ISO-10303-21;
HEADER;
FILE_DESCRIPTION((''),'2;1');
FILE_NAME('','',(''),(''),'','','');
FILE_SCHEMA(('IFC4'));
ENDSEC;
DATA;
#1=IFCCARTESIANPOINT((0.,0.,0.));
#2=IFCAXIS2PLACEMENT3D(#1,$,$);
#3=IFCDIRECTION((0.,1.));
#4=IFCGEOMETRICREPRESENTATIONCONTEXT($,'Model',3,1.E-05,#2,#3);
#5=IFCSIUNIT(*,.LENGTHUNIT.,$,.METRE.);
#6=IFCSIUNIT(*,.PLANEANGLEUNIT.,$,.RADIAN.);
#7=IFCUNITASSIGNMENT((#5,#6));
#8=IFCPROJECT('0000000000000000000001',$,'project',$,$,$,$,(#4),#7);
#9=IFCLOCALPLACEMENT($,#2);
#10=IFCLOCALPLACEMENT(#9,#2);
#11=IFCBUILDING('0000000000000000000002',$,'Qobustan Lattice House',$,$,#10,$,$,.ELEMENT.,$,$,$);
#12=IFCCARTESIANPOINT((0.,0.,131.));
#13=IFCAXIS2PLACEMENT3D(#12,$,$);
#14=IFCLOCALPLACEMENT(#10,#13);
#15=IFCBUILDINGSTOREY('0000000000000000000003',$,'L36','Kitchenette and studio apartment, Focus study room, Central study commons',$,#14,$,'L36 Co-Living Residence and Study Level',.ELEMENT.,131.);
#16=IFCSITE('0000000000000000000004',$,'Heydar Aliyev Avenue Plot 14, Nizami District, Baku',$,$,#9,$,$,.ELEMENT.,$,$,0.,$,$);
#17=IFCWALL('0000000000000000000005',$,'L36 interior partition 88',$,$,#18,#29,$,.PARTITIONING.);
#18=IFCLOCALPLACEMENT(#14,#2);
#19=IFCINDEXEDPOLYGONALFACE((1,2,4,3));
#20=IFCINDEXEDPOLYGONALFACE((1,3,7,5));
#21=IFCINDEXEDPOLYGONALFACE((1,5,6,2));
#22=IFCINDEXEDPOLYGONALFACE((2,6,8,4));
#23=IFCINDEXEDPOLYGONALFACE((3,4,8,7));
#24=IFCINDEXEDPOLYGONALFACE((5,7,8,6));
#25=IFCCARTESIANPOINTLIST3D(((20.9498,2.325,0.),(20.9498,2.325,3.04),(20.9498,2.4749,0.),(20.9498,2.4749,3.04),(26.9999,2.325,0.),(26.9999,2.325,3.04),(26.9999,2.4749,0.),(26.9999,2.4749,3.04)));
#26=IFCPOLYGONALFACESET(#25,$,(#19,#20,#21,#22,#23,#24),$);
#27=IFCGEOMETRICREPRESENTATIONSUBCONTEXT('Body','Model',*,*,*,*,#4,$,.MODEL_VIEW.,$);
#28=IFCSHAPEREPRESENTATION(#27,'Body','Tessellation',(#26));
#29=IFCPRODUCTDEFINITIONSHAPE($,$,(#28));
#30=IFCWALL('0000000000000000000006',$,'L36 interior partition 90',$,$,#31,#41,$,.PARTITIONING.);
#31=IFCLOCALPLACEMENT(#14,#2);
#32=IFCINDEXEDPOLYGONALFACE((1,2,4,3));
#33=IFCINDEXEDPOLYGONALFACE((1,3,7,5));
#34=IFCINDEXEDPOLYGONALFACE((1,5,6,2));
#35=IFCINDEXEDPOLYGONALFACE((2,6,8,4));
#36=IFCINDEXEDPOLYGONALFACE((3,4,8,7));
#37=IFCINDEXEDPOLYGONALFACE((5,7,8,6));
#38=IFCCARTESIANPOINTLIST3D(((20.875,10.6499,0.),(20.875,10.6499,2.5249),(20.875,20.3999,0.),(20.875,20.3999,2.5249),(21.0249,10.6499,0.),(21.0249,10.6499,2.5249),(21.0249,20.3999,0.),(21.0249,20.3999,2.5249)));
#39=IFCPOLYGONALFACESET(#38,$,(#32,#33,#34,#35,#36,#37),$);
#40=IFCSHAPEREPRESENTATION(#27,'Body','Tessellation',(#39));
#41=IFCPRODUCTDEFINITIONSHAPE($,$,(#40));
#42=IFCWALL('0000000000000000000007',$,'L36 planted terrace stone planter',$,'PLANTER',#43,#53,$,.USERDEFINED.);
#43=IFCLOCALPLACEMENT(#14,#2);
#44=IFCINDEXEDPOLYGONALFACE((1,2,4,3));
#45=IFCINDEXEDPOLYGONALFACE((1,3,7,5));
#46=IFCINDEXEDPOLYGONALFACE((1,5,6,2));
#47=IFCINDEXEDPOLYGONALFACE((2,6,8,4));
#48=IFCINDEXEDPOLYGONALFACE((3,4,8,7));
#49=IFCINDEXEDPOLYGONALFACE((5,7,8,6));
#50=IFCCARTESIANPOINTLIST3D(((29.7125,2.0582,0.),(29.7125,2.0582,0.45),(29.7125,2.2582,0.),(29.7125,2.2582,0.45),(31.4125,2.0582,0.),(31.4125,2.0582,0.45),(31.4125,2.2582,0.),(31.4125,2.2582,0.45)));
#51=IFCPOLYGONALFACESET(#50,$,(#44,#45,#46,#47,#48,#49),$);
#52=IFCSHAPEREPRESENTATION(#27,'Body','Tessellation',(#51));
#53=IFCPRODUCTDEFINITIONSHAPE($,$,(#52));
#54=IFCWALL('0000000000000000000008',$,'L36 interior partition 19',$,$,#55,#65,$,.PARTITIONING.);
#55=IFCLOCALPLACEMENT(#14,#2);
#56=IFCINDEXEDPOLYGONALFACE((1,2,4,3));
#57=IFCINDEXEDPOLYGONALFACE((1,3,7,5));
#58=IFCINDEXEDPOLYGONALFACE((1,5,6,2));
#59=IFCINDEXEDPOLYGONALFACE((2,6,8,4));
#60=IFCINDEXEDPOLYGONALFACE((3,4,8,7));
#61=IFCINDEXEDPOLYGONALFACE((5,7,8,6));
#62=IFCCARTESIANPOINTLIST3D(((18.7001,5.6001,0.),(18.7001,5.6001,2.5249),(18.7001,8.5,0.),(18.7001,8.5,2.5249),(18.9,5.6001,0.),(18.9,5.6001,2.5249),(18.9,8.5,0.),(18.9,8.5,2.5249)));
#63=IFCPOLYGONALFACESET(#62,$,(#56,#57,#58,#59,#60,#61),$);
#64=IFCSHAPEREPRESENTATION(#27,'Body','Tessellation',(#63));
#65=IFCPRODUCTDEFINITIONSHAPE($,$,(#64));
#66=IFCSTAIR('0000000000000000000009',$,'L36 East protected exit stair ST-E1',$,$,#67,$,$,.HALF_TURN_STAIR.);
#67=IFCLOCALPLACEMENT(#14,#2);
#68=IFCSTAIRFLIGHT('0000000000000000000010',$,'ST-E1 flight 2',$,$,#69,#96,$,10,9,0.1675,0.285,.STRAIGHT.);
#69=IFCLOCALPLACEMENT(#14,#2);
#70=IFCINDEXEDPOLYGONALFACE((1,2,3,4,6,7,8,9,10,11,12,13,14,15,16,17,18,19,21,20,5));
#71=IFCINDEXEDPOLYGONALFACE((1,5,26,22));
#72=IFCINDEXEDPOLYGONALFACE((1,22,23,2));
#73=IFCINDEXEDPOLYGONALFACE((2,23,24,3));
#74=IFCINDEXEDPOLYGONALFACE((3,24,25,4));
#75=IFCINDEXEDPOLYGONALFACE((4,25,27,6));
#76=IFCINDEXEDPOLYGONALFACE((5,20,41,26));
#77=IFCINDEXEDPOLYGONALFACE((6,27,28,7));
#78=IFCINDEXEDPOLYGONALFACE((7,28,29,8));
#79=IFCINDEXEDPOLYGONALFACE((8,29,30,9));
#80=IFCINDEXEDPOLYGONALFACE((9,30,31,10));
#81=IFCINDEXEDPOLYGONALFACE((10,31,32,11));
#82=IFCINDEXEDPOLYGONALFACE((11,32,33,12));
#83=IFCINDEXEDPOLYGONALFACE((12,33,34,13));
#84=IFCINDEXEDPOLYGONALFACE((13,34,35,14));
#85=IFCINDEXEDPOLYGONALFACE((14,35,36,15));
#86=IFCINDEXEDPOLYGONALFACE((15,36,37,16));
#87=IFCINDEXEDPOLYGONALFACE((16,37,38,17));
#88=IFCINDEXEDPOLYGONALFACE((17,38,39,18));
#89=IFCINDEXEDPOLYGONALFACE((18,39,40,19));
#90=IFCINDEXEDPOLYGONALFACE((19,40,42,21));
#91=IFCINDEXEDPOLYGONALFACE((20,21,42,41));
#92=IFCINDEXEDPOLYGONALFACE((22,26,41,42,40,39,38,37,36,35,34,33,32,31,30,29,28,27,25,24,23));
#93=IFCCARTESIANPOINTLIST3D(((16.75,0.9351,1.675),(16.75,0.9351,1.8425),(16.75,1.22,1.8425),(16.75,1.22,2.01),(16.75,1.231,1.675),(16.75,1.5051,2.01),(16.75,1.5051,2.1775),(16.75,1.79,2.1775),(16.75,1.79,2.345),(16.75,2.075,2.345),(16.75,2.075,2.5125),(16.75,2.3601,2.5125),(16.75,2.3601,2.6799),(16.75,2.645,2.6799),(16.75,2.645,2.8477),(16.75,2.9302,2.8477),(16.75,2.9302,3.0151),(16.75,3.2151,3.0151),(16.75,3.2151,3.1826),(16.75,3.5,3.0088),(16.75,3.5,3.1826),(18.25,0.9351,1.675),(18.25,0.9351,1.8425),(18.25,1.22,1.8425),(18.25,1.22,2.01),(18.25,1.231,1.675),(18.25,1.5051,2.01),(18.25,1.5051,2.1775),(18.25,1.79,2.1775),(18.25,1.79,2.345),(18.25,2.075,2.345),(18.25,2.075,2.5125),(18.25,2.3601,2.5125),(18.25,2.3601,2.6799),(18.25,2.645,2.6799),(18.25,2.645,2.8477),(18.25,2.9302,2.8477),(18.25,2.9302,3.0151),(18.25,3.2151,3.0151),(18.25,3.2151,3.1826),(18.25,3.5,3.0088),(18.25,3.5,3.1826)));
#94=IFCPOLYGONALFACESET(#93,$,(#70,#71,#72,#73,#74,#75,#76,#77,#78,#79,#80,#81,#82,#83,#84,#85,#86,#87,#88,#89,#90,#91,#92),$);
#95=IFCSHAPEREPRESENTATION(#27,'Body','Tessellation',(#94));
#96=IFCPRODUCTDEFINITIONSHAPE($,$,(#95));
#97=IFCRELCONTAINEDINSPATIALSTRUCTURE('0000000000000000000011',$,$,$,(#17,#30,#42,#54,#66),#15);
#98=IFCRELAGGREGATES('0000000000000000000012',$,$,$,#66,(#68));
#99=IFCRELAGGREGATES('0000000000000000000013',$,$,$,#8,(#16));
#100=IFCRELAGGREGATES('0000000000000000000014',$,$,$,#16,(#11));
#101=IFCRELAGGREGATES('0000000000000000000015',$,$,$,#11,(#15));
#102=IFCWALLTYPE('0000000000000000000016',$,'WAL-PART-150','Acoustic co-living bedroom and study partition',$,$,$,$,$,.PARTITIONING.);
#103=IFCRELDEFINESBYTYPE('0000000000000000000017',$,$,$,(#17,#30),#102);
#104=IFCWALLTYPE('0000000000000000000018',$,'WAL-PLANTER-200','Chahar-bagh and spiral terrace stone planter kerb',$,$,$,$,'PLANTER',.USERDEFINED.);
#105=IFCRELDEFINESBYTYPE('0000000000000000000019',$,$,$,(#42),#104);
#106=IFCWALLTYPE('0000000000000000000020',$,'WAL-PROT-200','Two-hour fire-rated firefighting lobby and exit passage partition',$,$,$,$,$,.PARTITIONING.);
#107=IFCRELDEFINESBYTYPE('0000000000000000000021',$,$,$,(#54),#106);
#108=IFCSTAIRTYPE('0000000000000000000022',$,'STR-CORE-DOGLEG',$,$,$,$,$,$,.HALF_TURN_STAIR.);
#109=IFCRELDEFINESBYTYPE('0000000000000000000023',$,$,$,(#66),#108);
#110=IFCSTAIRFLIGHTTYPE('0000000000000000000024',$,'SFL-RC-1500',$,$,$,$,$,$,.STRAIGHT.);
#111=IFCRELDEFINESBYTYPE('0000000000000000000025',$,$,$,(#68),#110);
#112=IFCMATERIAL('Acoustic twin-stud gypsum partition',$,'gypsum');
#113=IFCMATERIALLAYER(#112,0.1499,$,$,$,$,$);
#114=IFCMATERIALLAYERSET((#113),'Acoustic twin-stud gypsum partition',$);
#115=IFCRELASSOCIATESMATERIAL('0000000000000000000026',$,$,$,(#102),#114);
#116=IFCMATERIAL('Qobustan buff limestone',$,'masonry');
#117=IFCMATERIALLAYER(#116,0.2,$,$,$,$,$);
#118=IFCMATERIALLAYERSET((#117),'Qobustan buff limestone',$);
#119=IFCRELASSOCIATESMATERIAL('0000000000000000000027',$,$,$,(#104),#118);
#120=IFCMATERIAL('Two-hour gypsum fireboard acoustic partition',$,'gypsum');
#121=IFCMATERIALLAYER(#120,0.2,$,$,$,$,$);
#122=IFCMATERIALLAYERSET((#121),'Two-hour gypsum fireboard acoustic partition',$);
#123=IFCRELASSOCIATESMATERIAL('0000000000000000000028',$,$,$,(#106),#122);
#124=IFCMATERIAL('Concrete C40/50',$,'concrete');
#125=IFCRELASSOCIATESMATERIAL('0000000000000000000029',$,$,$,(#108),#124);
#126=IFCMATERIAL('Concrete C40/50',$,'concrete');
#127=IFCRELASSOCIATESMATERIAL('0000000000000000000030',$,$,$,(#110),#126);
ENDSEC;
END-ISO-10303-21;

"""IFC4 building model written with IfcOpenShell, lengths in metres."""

from ifc_helpers import new_model, si_unit, direction, frame, frame_2d, origin, place, context, subcontext, project, spatial, polyline, rectangle, outline, extrude, material, layer, layer_set, type_object, element, aggregate, save


model = new_model("IFC4")

# Units and contexts
model_context = context("Model", 3, precision=1e-05, world=origin(), true_north=direction((0.0, 1.0)))
body_context = subcontext(model_context, "Body", "Model", "MODEL_VIEW")
ifc_project = project(units=[si_unit("LENGTHUNIT", "METRE"), si_unit("PLANEANGLEUNIT", "RADIAN")], contexts=[model_context])

# Site, building, storey
site_placement = place(None, origin())
site = spatial("IfcSite", under=ifc_project, at=site_placement, Name="Heydar Aliyev Avenue Plot 14, Nizami District, Baku", CompositionType="ELEMENT", RefElevation=0.0)
building_placement = place(site_placement, origin())
building = spatial("IfcBuilding", under=site, at=building_placement, Name="Qobustan Lattice House", CompositionType="ELEMENT")
storey_placement = place(building_placement, frame((0.0, 0.0, 131.0)))
storey = spatial("IfcBuildingStorey", under=building, at=storey_placement, Name="L36", Description="Kitchenette and studio apartment, Focus study room, Central study commons", LongName="L36 Co-Living Residence and Study Level", CompositionType="ELEMENT", Elevation=131.0)

# Shared definitions
ifc_material_1 = material(Name="Acoustic twin-stud gypsum partition", Category="gypsum")
ifc_layer_1 = layer(ifc_material_1, 0.1499)
ifc_layer_set_1 = layer_set([ifc_layer_1], Name="Acoustic twin-stud gypsum partition")
wall_type_1 = type_object("IfcWallType", Name="WAL-PART-150", Description="Acoustic co-living bedroom and study partition", PredefinedType="PARTITIONING", material=ifc_layer_set_1)

# Walls
wall_1_placement = place(storey_placement, frame((20.95, 2.3999, 0.0), z_axis=(0.0, 0.0, 1.0), x_axis=(1.0, 0.0, 0.0)))
element("IfcWall", 1, at=wall_1_placement, inside=storey, type_object=wall_type_1, Name="L36 interior partition 88", PredefinedType="PARTITIONING", context=body_context, shape_type="SweptSolid", body=[
    extrude(rectangle(XDim=6.05, YDim=0.1499, at=frame_2d((3.0249, 0.0))), origin(), (0.0, 0.0, 1.0), 3.04),
])
wall_2_placement = place(storey_placement, frame((20.95, 10.6499, 0.0), z_axis=(0.0, 0.0, 1.0), x_axis=(0.0, 1.0, 0.0)))
element("IfcWall", 2, at=wall_2_placement, inside=storey, type_object=wall_type_1, Name="L36 interior partition 90", PredefinedType="PARTITIONING", context=body_context, shape_type="SweptSolid", body=[
    extrude(rectangle(XDim=9.75, YDim=0.1499, at=frame_2d((4.875, 0.0))), origin(), (0.0, 0.0, 1.0), 2.5249),
])
ifc_material_2 = material(Name="Qobustan buff limestone", Category="masonry")
ifc_layer_2 = layer(ifc_material_2, 0.2)
ifc_layer_set_2 = layer_set([ifc_layer_2], Name="Qobustan buff limestone")
wall_type_2 = type_object("IfcWallType", Name="WAL-PLANTER-200", Description="Chahar-bagh and spiral terrace stone planter kerb", ElementType="PLANTER", PredefinedType="USERDEFINED", material=ifc_layer_set_2)
wall_3_placement = place(storey_placement, frame((29.7124, 2.1582, 0.0), z_axis=(0.0, 0.0, 1.0), x_axis=(1.0, 0.0, 0.0)))
element("IfcWall", 3, at=wall_3_placement, inside=storey, type_object=wall_type_2, Name="L36 planted terrace stone planter", ObjectType="PLANTER", PredefinedType="USERDEFINED", context=body_context, shape_type="SweptSolid", body=[
    extrude(rectangle(XDim=1.7, YDim=0.2, at=frame_2d((0.8501, 0.0))), origin(), (0.0, 0.0, 1.0), 0.45),
])

# Shared definitions
ifc_material_3 = material(Name="Two-hour gypsum fireboard acoustic partition", Category="gypsum")
ifc_layer_3 = layer(ifc_material_3, 0.2)
ifc_layer_set_3 = layer_set([ifc_layer_3], Name="Two-hour gypsum fireboard acoustic partition")
wall_type_3 = type_object("IfcWallType", Name="WAL-PROT-200", Description="Two-hour fire-rated firefighting lobby and exit passage partition", PredefinedType="PARTITIONING", material=ifc_layer_set_3)

# Wall
wall_4_placement = place(storey_placement, frame((18.8, 5.6001, 0.0), z_axis=(0.0, 0.0, 1.0), x_axis=(0.0, 1.0, 0.0)))
element("IfcWall", 4, at=wall_4_placement, inside=storey, type_object=wall_type_3, Name="L36 interior partition 19", PredefinedType="PARTITIONING", context=body_context, shape_type="SweptSolid", body=[
    extrude(rectangle(XDim=2.8999, YDim=0.2, at=frame_2d((1.45, 0.0))), origin(), (0.0, 0.0, 1.0), 2.5249),
])

# Stair, stair flight
ifc_material_4 = material(Name="Concrete C40/50", Category="concrete")
stair_type = type_object("IfcStairType", Name="STR-CORE-DOGLEG", PredefinedType="HALF_TURN_STAIR", material=ifc_material_4)
stair_placement = place(storey_placement, origin())
stair = element("IfcStair", 5, at=stair_placement, inside=storey, type_object=stair_type, Name="L36 East protected exit stair ST-E1", PredefinedType="HALF_TURN_STAIR")
ifc_material_5 = material(Name="Concrete C40/50", Category="concrete")
stair_flight_type = type_object("IfcStairFlightType", Name="SFL-RC-1500", PredefinedType="STRAIGHT", material=ifc_material_5)
stair_flight_placement = place(storey_placement, frame((17.5, 0.9351, 1.675), z_axis=(0.0, 0.0, 1.0), x_axis=(0.0, 1.0, 0.0)))
stair_flight = element("IfcStairFlight", 6, at=stair_flight_placement, type_object=stair_flight_type, Name="ST-E1 flight 2", NumberOfRisers=10, NumberOfTreads=9, PredefinedType="STRAIGHT", RiserHeight=0.1675, TreadLength=0.285, context=body_context, shape_type="SweptSolid", body=[
    extrude(outline(polyline([(0.0, 0.0), (0.0, 0.1675), (0.2849, 0.1675), (0.2849, 0.335), (0.5701, 0.335), (0.5701, 0.5024), (0.855, 0.5024), (0.855, 0.6699), (1.1399, 0.6699), (1.1399, 0.8374), (1.425, 0.8374), (1.425, 1.0049), (1.71, 1.0049), (1.71, 1.1726), (1.9951, 1.1726), (1.9951, 1.3401), (2.28, 1.3401), (2.28, 1.5076), (2.5649, 1.5076), (2.5649, 1.675), (2.5649, 1.3337), (0.2959, 0.0), (0.0, 0.0)])), frame((0.0, 0.75, 0.0), z_axis=(0.0, -1.0, 0.0), x_axis=(1.0, 0.0, 0.0)), (0.0, 0.0, 1.0), 1.5),
])
aggregate(stair, [stair_flight])

save(model, "model.ifc")
